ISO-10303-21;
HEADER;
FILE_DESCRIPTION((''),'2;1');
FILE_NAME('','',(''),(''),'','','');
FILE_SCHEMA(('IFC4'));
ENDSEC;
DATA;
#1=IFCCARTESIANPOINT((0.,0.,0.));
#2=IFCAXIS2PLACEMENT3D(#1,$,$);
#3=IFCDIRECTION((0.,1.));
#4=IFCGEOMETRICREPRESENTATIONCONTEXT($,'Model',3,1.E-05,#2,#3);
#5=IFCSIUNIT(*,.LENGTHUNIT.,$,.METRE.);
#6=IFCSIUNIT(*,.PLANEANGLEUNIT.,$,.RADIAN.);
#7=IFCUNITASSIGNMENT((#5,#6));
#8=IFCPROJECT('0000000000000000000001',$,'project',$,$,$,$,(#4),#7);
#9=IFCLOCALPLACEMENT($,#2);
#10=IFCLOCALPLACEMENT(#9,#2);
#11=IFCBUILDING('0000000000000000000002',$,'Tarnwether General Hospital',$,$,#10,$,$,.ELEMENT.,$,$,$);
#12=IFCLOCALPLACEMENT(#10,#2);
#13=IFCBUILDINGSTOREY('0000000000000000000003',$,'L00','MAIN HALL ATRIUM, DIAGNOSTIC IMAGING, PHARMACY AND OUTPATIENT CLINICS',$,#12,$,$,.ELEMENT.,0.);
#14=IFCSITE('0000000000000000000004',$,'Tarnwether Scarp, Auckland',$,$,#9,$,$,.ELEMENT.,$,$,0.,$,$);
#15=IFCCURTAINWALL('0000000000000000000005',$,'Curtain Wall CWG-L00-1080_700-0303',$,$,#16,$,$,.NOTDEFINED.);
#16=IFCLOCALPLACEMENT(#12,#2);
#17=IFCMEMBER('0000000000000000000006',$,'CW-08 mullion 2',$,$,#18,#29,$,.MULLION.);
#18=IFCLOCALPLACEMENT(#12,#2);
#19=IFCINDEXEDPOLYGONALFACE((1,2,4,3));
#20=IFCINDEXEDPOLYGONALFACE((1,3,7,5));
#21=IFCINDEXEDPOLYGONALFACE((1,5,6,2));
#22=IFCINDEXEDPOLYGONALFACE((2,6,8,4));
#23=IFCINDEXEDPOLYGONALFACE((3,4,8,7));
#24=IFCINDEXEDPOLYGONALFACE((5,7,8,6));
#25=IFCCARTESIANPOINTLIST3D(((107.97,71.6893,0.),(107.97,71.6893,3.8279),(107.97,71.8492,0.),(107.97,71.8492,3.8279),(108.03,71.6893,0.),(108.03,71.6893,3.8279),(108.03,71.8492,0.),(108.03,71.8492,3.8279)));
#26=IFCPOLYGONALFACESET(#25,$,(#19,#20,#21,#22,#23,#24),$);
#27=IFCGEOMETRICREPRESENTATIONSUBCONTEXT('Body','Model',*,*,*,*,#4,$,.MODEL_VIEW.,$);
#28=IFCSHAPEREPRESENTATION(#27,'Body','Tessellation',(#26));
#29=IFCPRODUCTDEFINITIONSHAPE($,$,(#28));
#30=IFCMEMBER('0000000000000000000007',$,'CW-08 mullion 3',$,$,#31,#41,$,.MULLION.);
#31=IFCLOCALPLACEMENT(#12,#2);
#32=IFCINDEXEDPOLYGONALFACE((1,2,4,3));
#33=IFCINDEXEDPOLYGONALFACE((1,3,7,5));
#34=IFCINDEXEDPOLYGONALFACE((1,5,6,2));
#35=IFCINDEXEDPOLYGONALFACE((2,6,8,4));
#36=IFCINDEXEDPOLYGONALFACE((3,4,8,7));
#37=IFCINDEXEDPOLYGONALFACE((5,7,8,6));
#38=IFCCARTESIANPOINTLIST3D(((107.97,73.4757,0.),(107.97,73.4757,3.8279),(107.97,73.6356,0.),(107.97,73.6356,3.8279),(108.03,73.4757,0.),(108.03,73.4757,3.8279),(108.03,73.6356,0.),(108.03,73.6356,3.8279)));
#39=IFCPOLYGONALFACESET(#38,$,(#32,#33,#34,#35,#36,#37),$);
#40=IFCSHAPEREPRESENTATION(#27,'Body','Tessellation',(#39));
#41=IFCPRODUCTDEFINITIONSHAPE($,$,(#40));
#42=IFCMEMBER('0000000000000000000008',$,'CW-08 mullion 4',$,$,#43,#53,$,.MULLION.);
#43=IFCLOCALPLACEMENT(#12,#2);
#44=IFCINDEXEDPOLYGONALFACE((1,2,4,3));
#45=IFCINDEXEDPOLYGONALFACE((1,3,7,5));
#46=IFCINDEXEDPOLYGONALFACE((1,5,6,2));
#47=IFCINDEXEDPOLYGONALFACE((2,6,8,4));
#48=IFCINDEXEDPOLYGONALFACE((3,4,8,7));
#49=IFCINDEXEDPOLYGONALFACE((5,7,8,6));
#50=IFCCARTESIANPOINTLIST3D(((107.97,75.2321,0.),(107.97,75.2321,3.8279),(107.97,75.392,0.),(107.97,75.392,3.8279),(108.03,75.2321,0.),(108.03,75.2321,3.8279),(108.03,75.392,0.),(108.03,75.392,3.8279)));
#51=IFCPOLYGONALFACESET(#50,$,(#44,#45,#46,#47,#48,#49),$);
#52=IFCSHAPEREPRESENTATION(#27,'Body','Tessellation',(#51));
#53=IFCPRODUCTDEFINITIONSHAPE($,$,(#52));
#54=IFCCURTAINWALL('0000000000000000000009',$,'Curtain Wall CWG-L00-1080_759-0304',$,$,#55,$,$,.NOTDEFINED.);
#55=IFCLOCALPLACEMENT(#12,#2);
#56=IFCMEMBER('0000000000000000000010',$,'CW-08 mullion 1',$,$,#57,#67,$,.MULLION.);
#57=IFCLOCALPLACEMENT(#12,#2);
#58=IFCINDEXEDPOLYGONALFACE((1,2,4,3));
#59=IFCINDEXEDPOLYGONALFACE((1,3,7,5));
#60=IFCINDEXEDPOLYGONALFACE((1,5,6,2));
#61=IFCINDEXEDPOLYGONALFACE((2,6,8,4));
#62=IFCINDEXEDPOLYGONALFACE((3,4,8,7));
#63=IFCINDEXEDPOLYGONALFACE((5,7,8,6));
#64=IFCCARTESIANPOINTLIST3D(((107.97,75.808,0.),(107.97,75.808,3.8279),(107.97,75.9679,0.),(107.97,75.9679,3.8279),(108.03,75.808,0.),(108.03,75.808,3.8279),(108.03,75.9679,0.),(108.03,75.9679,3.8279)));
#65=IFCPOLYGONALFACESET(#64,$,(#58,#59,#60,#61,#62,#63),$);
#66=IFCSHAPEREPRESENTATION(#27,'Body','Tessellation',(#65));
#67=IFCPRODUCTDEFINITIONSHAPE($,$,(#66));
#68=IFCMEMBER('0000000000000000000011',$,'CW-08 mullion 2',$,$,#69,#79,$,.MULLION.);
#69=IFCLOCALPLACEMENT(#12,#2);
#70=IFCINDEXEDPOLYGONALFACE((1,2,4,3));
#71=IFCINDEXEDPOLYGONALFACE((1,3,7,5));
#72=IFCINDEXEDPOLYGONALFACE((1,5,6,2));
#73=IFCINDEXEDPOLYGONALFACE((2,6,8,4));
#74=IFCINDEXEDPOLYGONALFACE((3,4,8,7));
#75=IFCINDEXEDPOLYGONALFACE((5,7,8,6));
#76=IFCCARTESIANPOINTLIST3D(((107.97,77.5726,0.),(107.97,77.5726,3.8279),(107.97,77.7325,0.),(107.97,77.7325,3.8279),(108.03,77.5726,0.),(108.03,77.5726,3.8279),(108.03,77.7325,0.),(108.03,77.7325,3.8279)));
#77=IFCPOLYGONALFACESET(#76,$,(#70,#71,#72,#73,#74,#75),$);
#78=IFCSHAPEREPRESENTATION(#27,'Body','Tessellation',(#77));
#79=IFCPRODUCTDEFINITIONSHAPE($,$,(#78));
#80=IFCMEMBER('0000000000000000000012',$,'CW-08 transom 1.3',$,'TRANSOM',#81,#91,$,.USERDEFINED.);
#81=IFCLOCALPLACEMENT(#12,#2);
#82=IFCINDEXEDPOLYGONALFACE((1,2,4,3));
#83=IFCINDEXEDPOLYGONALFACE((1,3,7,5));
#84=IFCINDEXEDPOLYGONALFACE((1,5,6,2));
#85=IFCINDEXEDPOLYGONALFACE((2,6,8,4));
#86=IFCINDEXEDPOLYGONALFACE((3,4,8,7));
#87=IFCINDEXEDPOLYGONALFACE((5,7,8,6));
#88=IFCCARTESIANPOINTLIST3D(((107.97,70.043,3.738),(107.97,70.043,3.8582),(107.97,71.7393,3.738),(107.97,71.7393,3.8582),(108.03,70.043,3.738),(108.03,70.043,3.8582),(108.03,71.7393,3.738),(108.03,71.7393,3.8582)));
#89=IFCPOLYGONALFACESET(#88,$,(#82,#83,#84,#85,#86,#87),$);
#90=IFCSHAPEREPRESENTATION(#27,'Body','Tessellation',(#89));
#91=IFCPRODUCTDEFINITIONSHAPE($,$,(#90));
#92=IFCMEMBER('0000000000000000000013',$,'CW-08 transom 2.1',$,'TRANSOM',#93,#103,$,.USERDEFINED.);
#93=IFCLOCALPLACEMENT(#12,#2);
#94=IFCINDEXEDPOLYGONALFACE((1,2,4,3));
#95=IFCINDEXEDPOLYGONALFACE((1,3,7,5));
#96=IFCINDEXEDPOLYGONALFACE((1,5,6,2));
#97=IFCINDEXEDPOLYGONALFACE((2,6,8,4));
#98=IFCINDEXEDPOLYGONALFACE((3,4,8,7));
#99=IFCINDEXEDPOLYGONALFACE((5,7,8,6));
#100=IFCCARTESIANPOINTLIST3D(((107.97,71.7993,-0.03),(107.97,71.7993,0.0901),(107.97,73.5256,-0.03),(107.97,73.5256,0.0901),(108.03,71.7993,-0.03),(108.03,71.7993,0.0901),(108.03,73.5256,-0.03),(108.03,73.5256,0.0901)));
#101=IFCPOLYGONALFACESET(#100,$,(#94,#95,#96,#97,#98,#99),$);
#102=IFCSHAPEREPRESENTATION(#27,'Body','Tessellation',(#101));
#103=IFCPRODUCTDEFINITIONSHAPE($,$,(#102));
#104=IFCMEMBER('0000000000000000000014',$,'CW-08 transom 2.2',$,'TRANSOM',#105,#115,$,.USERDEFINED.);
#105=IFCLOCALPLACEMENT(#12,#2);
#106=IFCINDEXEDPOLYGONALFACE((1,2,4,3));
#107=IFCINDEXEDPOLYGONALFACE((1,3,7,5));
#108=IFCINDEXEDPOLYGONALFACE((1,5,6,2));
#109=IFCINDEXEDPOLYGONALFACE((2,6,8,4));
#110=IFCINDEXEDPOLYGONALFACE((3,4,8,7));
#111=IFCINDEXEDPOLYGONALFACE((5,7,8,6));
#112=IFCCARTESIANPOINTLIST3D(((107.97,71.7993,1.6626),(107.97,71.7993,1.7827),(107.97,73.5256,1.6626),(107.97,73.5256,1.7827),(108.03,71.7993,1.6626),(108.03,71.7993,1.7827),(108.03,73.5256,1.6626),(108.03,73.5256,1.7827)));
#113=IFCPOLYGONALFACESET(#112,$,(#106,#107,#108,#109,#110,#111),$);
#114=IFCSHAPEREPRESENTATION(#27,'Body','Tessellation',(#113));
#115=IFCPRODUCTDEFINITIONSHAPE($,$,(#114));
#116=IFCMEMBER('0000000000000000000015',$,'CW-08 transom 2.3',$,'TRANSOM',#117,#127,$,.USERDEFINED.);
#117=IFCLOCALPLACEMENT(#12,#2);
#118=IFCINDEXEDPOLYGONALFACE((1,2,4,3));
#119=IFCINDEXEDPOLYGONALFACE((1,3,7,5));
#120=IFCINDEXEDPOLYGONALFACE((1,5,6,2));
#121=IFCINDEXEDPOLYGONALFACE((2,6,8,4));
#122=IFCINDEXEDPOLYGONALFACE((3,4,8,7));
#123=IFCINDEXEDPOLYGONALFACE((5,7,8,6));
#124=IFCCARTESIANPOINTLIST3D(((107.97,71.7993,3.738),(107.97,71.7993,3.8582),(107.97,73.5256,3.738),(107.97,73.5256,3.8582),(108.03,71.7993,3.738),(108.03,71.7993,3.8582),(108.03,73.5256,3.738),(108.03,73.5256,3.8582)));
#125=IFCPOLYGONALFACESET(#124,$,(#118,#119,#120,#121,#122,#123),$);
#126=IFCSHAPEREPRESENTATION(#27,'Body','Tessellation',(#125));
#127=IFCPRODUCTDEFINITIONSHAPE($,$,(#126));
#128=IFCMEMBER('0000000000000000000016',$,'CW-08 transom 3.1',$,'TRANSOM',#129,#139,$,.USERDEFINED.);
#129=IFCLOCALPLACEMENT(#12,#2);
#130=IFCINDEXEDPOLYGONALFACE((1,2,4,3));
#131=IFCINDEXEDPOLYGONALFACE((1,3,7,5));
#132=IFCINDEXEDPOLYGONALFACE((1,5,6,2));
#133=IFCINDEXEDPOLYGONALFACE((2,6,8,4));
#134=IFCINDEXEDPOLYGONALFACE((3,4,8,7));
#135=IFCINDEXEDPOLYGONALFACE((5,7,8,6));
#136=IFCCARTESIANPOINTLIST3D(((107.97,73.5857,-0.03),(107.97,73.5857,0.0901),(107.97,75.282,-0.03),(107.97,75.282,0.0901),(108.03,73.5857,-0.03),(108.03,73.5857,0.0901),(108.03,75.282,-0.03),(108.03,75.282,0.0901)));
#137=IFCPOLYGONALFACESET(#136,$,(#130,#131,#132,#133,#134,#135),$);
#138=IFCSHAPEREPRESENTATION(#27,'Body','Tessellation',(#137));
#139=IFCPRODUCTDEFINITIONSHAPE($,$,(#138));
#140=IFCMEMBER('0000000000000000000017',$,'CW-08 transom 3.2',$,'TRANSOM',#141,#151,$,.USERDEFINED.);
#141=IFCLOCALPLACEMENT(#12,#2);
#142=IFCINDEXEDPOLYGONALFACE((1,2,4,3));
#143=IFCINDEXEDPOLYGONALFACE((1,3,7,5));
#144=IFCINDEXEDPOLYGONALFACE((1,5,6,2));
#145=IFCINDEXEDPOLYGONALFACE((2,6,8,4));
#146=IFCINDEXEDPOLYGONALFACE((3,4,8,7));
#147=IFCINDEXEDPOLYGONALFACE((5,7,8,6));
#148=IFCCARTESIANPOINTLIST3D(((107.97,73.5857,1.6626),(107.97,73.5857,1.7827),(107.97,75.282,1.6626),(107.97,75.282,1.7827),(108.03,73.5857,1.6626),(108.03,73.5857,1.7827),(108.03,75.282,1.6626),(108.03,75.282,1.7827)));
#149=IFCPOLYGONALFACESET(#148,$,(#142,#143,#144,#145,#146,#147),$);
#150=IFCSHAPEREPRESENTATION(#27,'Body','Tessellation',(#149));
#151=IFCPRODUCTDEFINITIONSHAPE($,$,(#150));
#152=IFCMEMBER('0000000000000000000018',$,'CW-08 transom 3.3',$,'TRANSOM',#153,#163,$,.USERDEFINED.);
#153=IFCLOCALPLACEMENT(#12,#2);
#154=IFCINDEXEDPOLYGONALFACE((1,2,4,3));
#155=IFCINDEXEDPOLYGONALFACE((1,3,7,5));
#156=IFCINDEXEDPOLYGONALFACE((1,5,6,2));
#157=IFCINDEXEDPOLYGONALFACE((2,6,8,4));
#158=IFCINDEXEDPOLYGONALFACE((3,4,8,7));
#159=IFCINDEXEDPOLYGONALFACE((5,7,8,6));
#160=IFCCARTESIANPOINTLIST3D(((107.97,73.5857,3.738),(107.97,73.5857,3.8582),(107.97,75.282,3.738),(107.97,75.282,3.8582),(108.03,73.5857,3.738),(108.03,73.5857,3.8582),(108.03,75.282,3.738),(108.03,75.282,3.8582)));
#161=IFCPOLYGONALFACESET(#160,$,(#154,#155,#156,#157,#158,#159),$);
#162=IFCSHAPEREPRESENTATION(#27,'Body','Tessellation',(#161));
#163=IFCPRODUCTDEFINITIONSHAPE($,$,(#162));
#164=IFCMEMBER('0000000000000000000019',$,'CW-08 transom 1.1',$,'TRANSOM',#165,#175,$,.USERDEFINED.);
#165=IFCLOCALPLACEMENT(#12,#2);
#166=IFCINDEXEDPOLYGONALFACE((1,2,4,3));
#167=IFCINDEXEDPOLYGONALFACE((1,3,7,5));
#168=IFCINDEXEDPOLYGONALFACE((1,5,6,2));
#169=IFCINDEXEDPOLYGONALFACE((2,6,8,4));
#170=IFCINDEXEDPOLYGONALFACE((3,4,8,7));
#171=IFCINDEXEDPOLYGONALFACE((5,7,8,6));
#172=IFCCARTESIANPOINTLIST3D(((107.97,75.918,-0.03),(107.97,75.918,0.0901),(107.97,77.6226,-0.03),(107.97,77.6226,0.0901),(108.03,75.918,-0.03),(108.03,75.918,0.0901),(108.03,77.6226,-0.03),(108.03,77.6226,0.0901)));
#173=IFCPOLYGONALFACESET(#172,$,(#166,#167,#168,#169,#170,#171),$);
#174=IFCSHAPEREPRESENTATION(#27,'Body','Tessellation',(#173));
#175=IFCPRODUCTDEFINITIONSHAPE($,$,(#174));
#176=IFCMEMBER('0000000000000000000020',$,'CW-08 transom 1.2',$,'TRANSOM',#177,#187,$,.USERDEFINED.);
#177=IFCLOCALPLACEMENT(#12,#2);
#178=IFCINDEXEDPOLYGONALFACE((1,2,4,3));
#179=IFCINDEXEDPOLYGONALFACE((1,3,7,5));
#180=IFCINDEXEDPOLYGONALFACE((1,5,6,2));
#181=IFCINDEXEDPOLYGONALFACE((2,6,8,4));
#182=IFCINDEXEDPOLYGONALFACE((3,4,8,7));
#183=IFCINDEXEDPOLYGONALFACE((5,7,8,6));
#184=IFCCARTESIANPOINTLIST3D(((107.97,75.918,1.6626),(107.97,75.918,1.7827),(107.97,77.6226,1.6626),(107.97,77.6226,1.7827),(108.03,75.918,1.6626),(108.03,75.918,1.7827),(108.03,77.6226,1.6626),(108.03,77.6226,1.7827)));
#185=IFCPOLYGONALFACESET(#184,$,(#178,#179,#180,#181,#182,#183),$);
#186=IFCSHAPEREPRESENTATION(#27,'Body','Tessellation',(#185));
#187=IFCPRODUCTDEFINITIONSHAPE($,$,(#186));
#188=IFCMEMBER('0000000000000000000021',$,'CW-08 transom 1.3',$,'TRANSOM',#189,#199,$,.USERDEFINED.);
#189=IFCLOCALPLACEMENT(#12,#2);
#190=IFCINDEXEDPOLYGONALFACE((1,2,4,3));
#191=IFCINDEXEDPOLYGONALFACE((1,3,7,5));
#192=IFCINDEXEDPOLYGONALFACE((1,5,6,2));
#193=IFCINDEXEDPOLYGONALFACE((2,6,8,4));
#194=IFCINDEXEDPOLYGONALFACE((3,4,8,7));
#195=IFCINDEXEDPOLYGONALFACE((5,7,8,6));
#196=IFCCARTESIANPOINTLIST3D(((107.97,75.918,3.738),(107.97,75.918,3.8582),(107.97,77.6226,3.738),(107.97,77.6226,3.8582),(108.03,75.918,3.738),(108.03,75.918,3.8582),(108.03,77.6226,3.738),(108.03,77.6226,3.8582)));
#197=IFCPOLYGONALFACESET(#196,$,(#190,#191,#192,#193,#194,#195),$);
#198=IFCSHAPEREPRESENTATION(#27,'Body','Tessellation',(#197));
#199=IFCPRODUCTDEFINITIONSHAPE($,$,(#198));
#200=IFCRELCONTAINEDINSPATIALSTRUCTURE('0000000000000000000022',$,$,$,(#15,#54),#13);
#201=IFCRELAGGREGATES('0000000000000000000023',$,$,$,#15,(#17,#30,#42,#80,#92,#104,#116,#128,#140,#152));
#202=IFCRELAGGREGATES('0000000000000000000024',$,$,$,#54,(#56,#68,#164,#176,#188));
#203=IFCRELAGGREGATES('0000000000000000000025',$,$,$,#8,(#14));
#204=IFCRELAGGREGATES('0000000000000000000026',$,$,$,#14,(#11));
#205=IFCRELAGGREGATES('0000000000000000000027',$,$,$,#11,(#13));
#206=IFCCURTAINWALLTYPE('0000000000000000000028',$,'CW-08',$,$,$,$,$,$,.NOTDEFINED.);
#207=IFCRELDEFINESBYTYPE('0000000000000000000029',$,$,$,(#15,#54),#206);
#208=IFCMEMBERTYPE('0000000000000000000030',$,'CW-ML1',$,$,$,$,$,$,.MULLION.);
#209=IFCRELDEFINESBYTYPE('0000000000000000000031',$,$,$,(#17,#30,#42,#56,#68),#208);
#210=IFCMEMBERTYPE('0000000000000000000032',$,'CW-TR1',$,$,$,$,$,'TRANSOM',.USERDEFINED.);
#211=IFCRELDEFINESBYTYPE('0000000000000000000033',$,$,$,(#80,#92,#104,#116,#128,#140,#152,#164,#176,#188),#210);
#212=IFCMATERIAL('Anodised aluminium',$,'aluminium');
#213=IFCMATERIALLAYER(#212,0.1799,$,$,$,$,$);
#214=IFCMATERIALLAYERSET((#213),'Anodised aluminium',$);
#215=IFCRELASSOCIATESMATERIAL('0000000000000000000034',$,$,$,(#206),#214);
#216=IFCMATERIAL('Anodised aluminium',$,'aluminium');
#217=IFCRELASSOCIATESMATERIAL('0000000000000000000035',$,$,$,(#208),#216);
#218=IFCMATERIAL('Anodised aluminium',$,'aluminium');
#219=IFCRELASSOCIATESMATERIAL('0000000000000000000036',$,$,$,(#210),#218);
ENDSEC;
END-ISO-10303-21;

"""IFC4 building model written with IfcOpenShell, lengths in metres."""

from ifc_helpers import new_model, si_unit, direction, frame, origin, origin_2d, place, context, subcontext, project, spatial, rectangle, extrude, material, layer, layer_set, material_profile, profile_set, type_object, element, aggregate, save


model = new_model("IFC4")

# Units and contexts
model_context = context("Model", 3, precision=1e-05, world=origin(), true_north=direction((0.0, 1.0)))
body_context = subcontext(model_context, "Body", "Model", "MODEL_VIEW")
ifc_project = project(units=[si_unit("LENGTHUNIT", "METRE"), si_unit("PLANEANGLEUNIT", "RADIAN")], contexts=[model_context])

# Site, building, storey
site_placement = place(None, origin())
site = spatial("IfcSite", under=ifc_project, at=site_placement, Name="Tarnwether Scarp, Auckland", CompositionType="ELEMENT", RefElevation=0.0)
building_placement = place(site_placement, origin())
building = spatial("IfcBuilding", under=site, at=building_placement, Name="Tarnwether General Hospital", CompositionType="ELEMENT")
storey_placement = place(building_placement, origin())
storey = spatial("IfcBuildingStorey", under=building, at=storey_placement, Name="L00", Description="MAIN HALL ATRIUM, DIAGNOSTIC IMAGING, PHARMACY AND OUTPATIENT CLINICS", CompositionType="ELEMENT", Elevation=0.0)

# Curtain walls, members
ifc_material_1 = material(Name="Anodised aluminium", Category="aluminium")
ifc_layer_1 = layer(ifc_material_1, 0.1799)
ifc_layer_set_1 = layer_set([ifc_layer_1], Name="Anodised aluminium")
curtain_wall_type = type_object("IfcCurtainWallType", Name="CW-08", PredefinedType="NOTDEFINED", material=ifc_layer_set_1)
curtain_wall_1_placement = place(storey_placement, origin())
curtain_wall_1 = element("IfcCurtainWall", 1, at=curtain_wall_1_placement, inside=storey, type_object=curtain_wall_type, Name="Curtain Wall CWG-L00-1080_700-0303", PredefinedType="NOTDEFINED")
ifc_material_2 = material(Name="Anodised aluminium", Category="aluminium")
ifc_material_profile_1 = material_profile(ifc_material_2, rectangle(XDim=0.0601, YDim=0.1599, at=origin_2d()), Name="ALU-MUL-60x160")
ifc_profile_set_1 = profile_set([ifc_material_profile_1], Name="Anodised aluminium")
member_type_1 = type_object("IfcMemberType", Name="CW-ML1", PredefinedType="MULLION", material=ifc_profile_set_1)
member_1_placement = place(storey_placement, frame((108.0, 71.7693, 0.0), z_axis=(0.0, 0.0, 1.0), x_axis=(-1.0, 0.0, 0.0)))
member_1 = element("IfcMember", 2, at=member_1_placement, type_object=member_type_1, Name="CW-08 mullion 2", PredefinedType="MULLION", context=body_context, shape_type="SweptSolid", body=[
    extrude(rectangle(XDim=0.0601, YDim=0.1599, at=origin_2d()), origin(), (0.0, 0.0, 1.0), 3.8279),
])
member_2_placement = place(storey_placement, frame((108.0, 73.5557, 0.0), z_axis=(0.0, 0.0, 1.0), x_axis=(-1.0, 0.0, 0.0)))
member_2 = element("IfcMember", 3, at=member_2_placement, type_object=member_type_1, Name="CW-08 mullion 3", PredefinedType="MULLION", context=body_context, shape_type="SweptSolid", body=[
    extrude(rectangle(XDim=0.0601, YDim=0.1599, at=origin_2d()), origin(), (0.0, 0.0, 1.0), 3.8279),
])
member_3_placement = place(storey_placement, frame((108.0, 75.312, 0.0), z_axis=(0.0, 0.0, 1.0), x_axis=(-1.0, 0.0, 0.0)))
member_3 = element("IfcMember", 4, at=member_3_placement, type_object=member_type_1, Name="CW-08 mullion 4", PredefinedType="MULLION", context=body_context, shape_type="SweptSolid", body=[
    extrude(rectangle(XDim=0.0601, YDim=0.1599, at=origin_2d()), origin(), (0.0, 0.0, 1.0), 3.8279),
])
curtain_wall_2_placement = place(storey_placement, origin())
curtain_wall_2 = element("IfcCurtainWall", 5, at=curtain_wall_2_placement, inside=storey, type_object=curtain_wall_type, Name="Curtain Wall CWG-L00-1080_759-0304", PredefinedType="NOTDEFINED")
member_4_placement = place(storey_placement, frame((108.0, 75.8879, 0.0), z_axis=(0.0, 0.0, 1.0), x_axis=(-1.0, 0.0, 0.0)))
member_4 = element("IfcMember", 6, at=member_4_placement, type_object=member_type_1, Name="CW-08 mullion 1", PredefinedType="MULLION", context=body_context, shape_type="SweptSolid", body=[
    extrude(rectangle(XDim=0.0601, YDim=0.1599, at=origin_2d()), origin(), (0.0, 0.0, 1.0), 3.8279),
])
member_5_placement = place(storey_placement, frame((108.0, 77.6526, 0.0), z_axis=(0.0, 0.0, 1.0), x_axis=(-1.0, 0.0, 0.0)))
member_5 = element("IfcMember", 7, at=member_5_placement, type_object=member_type_1, Name="CW-08 mullion 2", PredefinedType="MULLION", context=body_context, shape_type="SweptSolid", body=[
    extrude(rectangle(XDim=0.0601, YDim=0.1599, at=origin_2d()), origin(), (0.0, 0.0, 1.0), 3.8279),
])

# Members
ifc_material_3 = material(Name="Anodised aluminium", Category="aluminium")
ifc_material_profile_2 = material_profile(ifc_material_3, rectangle(XDim=0.0601, YDim=0.1201, at=origin_2d()), Name="ALU-TRN-60x120")
ifc_profile_set_2 = profile_set([ifc_material_profile_2], Name="Anodised aluminium")
member_type_2 = type_object("IfcMemberType", Name="CW-TR1", ElementType="TRANSOM", PredefinedType="USERDEFINED", material=ifc_profile_set_2)
member_6_placement = place(storey_placement, frame((108.0, 70.043, 3.7981), z_axis=(0.0, 1.0, 0.0), x_axis=(-1.0, 0.0, 0.0)))
member_6 = element("IfcMember", 8, at=member_6_placement, type_object=member_type_2, Name="CW-08 transom 1.3", ObjectType="TRANSOM", PredefinedType="USERDEFINED", context=body_context, shape_type="SweptSolid", body=[
    extrude(rectangle(XDim=0.0601, YDim=0.1201, at=origin_2d()), origin(), (0.0, 0.0, 1.0), 1.6963),
])
member_7_placement = place(storey_placement, frame((108.0, 71.7993, 0.03), z_axis=(0.0, 1.0, 0.0), x_axis=(-1.0, 0.0, 0.0)))
member_7 = element("IfcMember", 9, at=member_7_placement, type_object=member_type_2, Name="CW-08 transom 2.1", ObjectType="TRANSOM", PredefinedType="USERDEFINED", context=body_context, shape_type="SweptSolid", body=[
    extrude(rectangle(XDim=0.0601, YDim=0.1201, at=origin_2d()), origin(), (0.0, 0.0, 1.0), 1.7263),
])
member_8_placement = place(storey_placement, frame((108.0, 71.7993, 1.7227), z_axis=(0.0, 1.0, 0.0), x_axis=(-1.0, 0.0, 0.0)))
member_8 = element("IfcMember", 10, at=member_8_placement, type_object=member_type_2, Name="CW-08 transom 2.2", ObjectType="TRANSOM", PredefinedType="USERDEFINED", context=body_context, shape_type="SweptSolid", body=[
    extrude(rectangle(XDim=0.0601, YDim=0.1201, at=origin_2d()), origin(), (0.0, 0.0, 1.0), 1.7263),
])
member_9_placement = place(storey_placement, frame((108.0, 71.7993, 3.7981), z_axis=(0.0, 1.0, 0.0), x_axis=(-1.0, 0.0, 0.0)))
member_9 = element("IfcMember", 11, at=member_9_placement, type_object=member_type_2, Name="CW-08 transom 2.3", ObjectType="TRANSOM", PredefinedType="USERDEFINED", context=body_context, shape_type="SweptSolid", body=[
    extrude(rectangle(XDim=0.0601, YDim=0.1201, at=origin_2d()), origin(), (0.0, 0.0, 1.0), 1.7263),
])
member_10_placement = place(storey_placement, frame((108.0, 73.5857, 0.03), z_axis=(0.0, 1.0, 0.0), x_axis=(-1.0, 0.0, 0.0)))
member_10 = element("IfcMember", 12, at=member_10_placement, type_object=member_type_2, Name="CW-08 transom 3.1", ObjectType="TRANSOM", PredefinedType="USERDEFINED", context=body_context, shape_type="SweptSolid", body=[
    extrude(rectangle(XDim=0.0601, YDim=0.1201, at=origin_2d()), origin(), (0.0, 0.0, 1.0), 1.6963),
])
member_11_placement = place(storey_placement, frame((108.0, 73.5857, 1.7227), z_axis=(0.0, 1.0, 0.0), x_axis=(-1.0, 0.0, 0.0)))
member_11 = element("IfcMember", 13, at=member_11_placement, type_object=member_type_2, Name="CW-08 transom 3.2", ObjectType="TRANSOM", PredefinedType="USERDEFINED", context=body_context, shape_type="SweptSolid", body=[
    extrude(rectangle(XDim=0.0601, YDim=0.1201, at=origin_2d()), origin(), (0.0, 0.0, 1.0), 1.6963),
])
member_12_placement = place(storey_placement, frame((108.0, 73.5857, 3.7981), z_axis=(0.0, 1.0, 0.0), x_axis=(-1.0, 0.0, 0.0)))
member_12 = element("IfcMember", 14, at=member_12_placement, type_object=member_type_2, Name="CW-08 transom 3.3", ObjectType="TRANSOM", PredefinedType="USERDEFINED", context=body_context, shape_type="SweptSolid", body=[
    extrude(rectangle(XDim=0.0601, YDim=0.1201, at=origin_2d()), origin(), (0.0, 0.0, 1.0), 1.6963),
])
member_13_placement = place(storey_placement, frame((108.0, 75.918, 0.03), z_axis=(0.0, 1.0, 0.0), x_axis=(-1.0, 0.0, 0.0)))
member_13 = element("IfcMember", 15, at=member_13_placement, type_object=member_type_2, Name="CW-08 transom 1.1", ObjectType="TRANSOM", PredefinedType="USERDEFINED", context=body_context, shape_type="SweptSolid", body=[
    extrude(rectangle(XDim=0.0601, YDim=0.1201, at=origin_2d()), origin(), (0.0, 0.0, 1.0), 1.7046),
])
member_14_placement = place(storey_placement, frame((108.0, 75.918, 1.7227), z_axis=(0.0, 1.0, 0.0), x_axis=(-1.0, 0.0, 0.0)))
member_14 = element("IfcMember", 16, at=member_14_placement, type_object=member_type_2, Name="CW-08 transom 1.2", ObjectType="TRANSOM", PredefinedType="USERDEFINED", context=body_context, shape_type="SweptSolid", body=[
    extrude(rectangle(XDim=0.0601, YDim=0.1201, at=origin_2d()), origin(), (0.0, 0.0, 1.0), 1.7046),
])
member_15_placement = place(storey_placement, frame((108.0, 75.918, 3.7981), z_axis=(0.0, 1.0, 0.0), x_axis=(-1.0, 0.0, 0.0)))
member_15 = element("IfcMember", 17, at=member_15_placement, type_object=member_type_2, Name="CW-08 transom 1.3", ObjectType="TRANSOM", PredefinedType="USERDEFINED", context=body_context, shape_type="SweptSolid", body=[
    extrude(rectangle(XDim=0.0601, YDim=0.1201, at=origin_2d()), origin(), (0.0, 0.0, 1.0), 1.7046),
])

aggregate(curtain_wall_1, [member_1, member_2, member_3, member_6, member_7, member_8, member_9, member_10, member_11, member_12])
aggregate(curtain_wall_2, [member_4, member_5, member_13, member_14, member_15])

save(model, "model.ifc")
